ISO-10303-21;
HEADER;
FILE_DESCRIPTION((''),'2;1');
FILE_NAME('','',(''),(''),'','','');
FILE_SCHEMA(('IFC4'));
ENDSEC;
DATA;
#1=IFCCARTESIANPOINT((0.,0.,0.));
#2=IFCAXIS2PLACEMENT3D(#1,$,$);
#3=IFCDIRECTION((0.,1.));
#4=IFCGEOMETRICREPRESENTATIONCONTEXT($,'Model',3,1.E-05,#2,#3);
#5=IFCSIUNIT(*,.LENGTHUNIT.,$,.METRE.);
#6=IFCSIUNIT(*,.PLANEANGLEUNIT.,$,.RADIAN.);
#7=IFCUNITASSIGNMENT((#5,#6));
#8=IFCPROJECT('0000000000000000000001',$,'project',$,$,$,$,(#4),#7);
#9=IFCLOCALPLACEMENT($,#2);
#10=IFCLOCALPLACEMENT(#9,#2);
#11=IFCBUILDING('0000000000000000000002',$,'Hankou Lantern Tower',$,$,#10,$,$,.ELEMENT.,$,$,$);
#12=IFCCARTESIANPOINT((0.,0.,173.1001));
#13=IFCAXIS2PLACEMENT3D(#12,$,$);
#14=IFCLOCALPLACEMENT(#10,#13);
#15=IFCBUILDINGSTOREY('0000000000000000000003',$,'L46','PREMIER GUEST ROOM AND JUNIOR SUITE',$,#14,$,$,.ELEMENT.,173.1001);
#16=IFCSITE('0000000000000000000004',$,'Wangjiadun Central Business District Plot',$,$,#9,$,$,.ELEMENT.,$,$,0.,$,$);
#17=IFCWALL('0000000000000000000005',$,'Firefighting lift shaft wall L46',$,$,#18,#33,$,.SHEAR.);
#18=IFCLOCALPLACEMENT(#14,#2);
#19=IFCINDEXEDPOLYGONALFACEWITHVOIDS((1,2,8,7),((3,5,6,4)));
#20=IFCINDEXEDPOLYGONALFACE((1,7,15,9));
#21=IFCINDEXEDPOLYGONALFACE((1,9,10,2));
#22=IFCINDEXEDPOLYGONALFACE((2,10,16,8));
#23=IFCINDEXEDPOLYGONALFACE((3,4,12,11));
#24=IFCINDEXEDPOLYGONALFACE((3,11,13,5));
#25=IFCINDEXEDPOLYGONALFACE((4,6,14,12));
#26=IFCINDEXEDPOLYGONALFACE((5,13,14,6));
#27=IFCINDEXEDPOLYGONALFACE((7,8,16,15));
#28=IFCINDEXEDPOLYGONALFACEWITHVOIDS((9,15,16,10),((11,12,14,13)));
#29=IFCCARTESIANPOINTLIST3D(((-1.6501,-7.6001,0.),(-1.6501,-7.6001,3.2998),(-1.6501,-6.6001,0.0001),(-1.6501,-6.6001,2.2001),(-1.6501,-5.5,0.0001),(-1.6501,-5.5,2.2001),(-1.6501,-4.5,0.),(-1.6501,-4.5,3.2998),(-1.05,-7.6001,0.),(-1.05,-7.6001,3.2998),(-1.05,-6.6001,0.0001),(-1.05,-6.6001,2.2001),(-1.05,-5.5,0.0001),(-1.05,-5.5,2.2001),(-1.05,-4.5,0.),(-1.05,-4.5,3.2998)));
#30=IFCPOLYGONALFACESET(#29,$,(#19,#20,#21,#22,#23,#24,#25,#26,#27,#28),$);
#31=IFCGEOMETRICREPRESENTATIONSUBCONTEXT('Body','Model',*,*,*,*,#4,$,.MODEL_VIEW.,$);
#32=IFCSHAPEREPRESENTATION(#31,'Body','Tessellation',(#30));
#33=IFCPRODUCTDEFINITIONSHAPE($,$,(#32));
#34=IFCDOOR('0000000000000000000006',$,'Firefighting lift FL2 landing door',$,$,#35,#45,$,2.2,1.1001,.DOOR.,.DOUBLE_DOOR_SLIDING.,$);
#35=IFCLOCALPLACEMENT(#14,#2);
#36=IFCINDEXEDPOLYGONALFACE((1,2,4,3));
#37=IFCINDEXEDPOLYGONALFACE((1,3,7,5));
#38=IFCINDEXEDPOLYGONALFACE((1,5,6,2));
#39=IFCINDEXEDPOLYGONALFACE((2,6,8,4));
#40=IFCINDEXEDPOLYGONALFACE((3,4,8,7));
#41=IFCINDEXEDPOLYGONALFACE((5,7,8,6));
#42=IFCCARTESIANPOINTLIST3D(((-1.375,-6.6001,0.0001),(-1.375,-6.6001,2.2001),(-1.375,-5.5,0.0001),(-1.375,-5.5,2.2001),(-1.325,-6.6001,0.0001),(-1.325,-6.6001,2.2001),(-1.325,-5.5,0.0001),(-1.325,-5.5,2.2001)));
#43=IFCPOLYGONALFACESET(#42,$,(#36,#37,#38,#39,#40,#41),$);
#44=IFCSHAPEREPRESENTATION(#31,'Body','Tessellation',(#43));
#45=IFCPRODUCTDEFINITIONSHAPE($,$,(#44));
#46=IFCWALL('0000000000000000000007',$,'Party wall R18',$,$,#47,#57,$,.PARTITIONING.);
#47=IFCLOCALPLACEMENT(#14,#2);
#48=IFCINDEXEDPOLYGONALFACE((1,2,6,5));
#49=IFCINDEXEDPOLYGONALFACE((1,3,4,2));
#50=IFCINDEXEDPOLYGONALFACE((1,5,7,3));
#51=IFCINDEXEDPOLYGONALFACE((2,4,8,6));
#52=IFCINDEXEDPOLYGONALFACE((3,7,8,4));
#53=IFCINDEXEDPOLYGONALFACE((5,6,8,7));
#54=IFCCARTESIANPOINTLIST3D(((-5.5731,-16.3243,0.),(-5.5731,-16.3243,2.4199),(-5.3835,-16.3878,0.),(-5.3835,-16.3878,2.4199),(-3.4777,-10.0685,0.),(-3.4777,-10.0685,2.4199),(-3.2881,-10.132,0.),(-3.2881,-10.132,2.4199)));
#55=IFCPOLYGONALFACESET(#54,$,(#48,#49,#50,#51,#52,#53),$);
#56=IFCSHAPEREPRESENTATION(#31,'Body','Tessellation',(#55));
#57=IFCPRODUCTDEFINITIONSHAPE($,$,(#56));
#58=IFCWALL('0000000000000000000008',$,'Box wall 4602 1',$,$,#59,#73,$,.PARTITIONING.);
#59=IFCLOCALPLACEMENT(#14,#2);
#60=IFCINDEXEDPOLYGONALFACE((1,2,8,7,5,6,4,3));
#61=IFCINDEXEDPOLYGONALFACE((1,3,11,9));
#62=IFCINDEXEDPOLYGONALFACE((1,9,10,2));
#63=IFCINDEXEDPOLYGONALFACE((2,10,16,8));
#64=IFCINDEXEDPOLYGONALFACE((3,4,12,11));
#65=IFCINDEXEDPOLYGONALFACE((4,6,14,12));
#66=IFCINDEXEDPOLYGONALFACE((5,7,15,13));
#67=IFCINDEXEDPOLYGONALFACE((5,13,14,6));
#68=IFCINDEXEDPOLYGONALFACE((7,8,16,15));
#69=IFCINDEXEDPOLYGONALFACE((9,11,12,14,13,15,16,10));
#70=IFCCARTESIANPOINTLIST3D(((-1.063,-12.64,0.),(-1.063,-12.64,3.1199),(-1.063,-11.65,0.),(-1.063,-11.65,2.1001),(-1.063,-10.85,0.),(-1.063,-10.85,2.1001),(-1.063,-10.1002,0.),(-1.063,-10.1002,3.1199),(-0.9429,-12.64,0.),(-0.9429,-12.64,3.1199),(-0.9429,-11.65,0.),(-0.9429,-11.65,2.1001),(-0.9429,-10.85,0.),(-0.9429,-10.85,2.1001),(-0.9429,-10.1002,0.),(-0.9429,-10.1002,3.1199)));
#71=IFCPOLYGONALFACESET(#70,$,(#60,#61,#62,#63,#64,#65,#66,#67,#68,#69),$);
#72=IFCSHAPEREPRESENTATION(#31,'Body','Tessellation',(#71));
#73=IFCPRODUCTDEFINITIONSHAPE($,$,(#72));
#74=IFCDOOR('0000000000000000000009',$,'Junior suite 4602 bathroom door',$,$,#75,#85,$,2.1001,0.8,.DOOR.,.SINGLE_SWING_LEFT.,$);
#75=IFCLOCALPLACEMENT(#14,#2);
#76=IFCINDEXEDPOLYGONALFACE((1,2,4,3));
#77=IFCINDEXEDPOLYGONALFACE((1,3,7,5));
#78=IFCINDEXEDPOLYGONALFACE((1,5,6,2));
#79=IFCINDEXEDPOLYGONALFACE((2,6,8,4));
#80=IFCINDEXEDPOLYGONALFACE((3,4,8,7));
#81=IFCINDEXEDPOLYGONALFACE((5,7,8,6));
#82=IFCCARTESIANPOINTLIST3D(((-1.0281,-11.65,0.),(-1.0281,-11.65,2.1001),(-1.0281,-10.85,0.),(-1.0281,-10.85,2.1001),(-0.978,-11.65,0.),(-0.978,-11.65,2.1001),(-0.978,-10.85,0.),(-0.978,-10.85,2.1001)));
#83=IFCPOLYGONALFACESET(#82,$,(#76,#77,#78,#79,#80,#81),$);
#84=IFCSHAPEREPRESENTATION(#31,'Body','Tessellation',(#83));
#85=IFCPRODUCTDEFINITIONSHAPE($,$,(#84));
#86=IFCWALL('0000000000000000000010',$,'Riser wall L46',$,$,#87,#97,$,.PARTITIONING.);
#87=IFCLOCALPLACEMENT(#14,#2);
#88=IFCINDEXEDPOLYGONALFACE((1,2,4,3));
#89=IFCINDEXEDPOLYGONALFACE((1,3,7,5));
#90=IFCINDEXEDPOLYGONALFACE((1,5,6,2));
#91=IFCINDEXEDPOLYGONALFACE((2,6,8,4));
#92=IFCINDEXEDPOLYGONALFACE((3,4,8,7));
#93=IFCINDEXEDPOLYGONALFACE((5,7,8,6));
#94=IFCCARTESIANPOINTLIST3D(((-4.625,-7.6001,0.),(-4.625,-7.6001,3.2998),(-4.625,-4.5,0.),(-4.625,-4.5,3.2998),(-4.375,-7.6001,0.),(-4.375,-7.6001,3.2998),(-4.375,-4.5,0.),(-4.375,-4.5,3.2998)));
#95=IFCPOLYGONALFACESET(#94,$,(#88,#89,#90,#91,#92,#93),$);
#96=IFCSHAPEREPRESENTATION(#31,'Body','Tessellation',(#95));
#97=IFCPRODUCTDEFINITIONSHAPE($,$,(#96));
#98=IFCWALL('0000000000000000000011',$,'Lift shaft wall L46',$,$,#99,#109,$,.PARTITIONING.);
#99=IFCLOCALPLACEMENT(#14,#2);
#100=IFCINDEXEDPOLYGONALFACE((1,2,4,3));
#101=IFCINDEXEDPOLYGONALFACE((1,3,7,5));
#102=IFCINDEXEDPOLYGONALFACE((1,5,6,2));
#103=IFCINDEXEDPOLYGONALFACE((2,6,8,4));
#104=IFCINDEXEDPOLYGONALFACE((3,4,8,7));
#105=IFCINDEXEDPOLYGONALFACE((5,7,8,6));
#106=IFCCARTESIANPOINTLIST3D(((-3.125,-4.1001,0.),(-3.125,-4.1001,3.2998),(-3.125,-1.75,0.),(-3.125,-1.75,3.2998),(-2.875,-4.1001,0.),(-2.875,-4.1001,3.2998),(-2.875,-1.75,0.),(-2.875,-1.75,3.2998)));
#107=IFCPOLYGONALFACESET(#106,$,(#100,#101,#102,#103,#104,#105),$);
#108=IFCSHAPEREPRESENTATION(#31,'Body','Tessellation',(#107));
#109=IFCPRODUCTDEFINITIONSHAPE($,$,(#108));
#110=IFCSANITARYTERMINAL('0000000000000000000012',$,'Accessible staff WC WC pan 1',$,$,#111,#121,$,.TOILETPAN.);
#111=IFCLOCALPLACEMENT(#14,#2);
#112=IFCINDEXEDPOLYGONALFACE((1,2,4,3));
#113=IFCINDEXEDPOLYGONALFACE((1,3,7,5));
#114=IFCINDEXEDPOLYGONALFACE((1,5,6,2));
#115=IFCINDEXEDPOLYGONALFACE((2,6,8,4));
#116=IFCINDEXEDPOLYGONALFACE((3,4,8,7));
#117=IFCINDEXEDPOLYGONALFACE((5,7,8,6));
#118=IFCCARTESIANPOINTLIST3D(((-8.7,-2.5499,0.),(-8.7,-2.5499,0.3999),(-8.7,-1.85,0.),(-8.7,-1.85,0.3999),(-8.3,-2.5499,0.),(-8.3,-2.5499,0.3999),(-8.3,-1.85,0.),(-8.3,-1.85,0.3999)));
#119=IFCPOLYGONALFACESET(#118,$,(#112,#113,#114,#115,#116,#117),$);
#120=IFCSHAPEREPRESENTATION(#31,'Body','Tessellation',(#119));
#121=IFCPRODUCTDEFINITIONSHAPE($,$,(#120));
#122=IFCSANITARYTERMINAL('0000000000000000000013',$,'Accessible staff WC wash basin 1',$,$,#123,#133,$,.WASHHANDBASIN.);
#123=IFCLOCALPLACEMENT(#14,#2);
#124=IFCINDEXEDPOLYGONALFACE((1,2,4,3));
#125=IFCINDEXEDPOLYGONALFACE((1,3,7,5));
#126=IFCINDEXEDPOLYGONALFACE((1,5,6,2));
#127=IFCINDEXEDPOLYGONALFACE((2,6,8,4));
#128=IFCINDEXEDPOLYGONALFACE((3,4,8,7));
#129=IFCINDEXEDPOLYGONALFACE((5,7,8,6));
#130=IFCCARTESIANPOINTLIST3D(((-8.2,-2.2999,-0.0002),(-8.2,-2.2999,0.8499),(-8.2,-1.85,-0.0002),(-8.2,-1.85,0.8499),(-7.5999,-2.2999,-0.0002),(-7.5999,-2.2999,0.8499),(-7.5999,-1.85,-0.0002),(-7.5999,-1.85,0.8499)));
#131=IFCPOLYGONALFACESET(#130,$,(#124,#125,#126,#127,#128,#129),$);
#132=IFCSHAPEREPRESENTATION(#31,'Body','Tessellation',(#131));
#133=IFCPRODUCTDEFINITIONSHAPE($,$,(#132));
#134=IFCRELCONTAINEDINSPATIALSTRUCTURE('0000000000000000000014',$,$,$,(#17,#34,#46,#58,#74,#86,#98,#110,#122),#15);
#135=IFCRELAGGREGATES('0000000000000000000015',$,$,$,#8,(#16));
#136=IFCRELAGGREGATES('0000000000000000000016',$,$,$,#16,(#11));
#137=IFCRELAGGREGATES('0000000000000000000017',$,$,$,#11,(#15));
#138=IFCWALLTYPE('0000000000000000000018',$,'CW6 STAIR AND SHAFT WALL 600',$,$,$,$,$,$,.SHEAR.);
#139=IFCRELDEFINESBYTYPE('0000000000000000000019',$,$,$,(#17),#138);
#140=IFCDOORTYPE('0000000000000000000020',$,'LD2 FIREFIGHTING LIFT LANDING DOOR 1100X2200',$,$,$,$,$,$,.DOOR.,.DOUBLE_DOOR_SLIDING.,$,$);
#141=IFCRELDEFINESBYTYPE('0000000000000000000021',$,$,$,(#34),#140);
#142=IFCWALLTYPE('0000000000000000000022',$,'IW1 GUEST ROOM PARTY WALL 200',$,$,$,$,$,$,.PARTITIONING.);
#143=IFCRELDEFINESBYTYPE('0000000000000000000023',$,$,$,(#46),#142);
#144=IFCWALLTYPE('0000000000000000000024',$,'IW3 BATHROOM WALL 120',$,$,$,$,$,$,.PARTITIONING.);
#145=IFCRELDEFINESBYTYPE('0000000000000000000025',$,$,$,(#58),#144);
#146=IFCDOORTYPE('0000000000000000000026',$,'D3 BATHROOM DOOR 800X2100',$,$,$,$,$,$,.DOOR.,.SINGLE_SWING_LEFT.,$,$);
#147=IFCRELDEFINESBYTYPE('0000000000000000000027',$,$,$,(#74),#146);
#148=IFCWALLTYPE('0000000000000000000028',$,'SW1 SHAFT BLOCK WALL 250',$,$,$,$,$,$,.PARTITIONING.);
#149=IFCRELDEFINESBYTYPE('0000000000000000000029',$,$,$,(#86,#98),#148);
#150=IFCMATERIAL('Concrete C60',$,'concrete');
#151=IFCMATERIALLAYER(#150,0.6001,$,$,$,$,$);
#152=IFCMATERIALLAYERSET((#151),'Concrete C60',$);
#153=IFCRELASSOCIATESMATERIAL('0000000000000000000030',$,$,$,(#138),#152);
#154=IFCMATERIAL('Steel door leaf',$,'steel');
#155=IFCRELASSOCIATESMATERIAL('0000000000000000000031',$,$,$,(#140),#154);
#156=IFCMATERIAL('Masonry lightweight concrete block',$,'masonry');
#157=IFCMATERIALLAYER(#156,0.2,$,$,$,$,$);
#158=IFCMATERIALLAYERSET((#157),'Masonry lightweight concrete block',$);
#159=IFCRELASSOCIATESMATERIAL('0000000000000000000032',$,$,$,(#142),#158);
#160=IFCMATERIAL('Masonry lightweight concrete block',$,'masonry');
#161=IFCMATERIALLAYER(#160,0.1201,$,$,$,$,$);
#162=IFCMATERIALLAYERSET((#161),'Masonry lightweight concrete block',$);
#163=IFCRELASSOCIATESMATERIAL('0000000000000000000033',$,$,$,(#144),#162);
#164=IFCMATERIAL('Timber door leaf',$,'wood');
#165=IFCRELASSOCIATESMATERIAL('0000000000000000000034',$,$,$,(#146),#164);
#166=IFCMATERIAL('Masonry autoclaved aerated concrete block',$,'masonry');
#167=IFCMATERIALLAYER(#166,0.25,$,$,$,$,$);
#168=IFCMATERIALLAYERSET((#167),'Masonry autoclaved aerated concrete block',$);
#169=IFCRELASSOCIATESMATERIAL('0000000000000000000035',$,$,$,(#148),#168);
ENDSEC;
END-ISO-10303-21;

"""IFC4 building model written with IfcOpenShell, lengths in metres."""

from ifc_helpers import new_model, si_unit, direction, frame, frame_2d, origin, origin_2d, place, context, subcontext, project, spatial, rectangle, extrude, material, layer, layer_set, type_object, element, fill, save


model = new_model("IFC4")

# Units and contexts
model_context = context("Model", 3, precision=1e-05, world=origin(), true_north=direction((0.0, 1.0)))
body_context = subcontext(model_context, "Body", "Model", "MODEL_VIEW")
ifc_project = project(units=[si_unit("LENGTHUNIT", "METRE"), si_unit("PLANEANGLEUNIT", "RADIAN")], contexts=[model_context])

# Site, building, storey
site_placement = place(None, origin())
site = spatial("IfcSite", under=ifc_project, at=site_placement, Name="Wangjiadun Central Business District Plot", CompositionType="ELEMENT", RefElevation=0.0)
building_placement = place(site_placement, origin())
building = spatial("IfcBuilding", under=site, at=building_placement, Name="Hankou Lantern Tower", CompositionType="ELEMENT")
storey_placement = place(building_placement, frame((0.0, 0.0, 173.1001)))
storey = spatial("IfcBuildingStorey", under=building, at=storey_placement, Name="L46", Description="PREMIER GUEST ROOM AND JUNIOR SUITE", CompositionType="ELEMENT", Elevation=173.1001)

# Wall, opening, door
ifc_material_1 = material(Name="Concrete C60", Category="concrete")
ifc_layer_1 = layer(ifc_material_1, 0.6001)
ifc_layer_set_1 = layer_set([ifc_layer_1], Name="Concrete C60")
wall_type_1 = type_object("IfcWallType", Name="CW6 STAIR AND SHAFT WALL 600", PredefinedType="SHEAR", material=ifc_layer_set_1)
wall_1_placement = place(storey_placement, frame((-1.3501, -7.6001, 0.0), z_axis=(0.0, 0.0, 1.0), x_axis=(0.0, 1.0, 0.0)))
wall_1 = element("IfcWall", 1, at=wall_1_placement, inside=storey, type_object=wall_type_1, Name="Firefighting lift shaft wall L46", PredefinedType="SHEAR", context=body_context, shape_type="SweptSolid", body=[
    extrude(rectangle(XDim=3.1001, YDim=0.6001, at=frame_2d((1.55, 0.0))), origin(), (0.0, 0.0, 1.0), 3.2998),
])
opening_1_placement = place(wall_1_placement, frame((1.0, 0.0, 0.0)))
opening_1 = element("IfcOpeningElement", 2, at=opening_1_placement, cuts=wall_1, PredefinedType="OPENING", context=body_context, shape_type="SweptSolid", body=[
    extrude(rectangle(XDim=1.1001, YDim=2.2, at=frame_2d((0.55, 1.1001))), frame((0.0, 0.3101, 0.0), z_axis=(0.0, -1.0, 0.0), x_axis=(1.0, 0.0, 0.0)), (0.0, 0.0, 1.0), 0.6201),
])
ifc_material_2 = material(Name="Steel door leaf", Category="steel")
door_type_1 = type_object("IfcDoorType", Name="LD2 FIREFIGHTING LIFT LANDING DOOR 1100X2200", OperationType="DOUBLE_DOOR_SLIDING", PredefinedType="DOOR", material=ifc_material_2)
door_1_placement = place(opening_1_placement, origin())
door_1 = element("IfcDoor", 3, at=door_1_placement, inside=storey, type_object=door_type_1, Name="Firefighting lift FL2 landing door", OperationType="DOUBLE_DOOR_SLIDING", OverallHeight=2.2, OverallWidth=1.1001, PredefinedType="DOOR", context=body_context, shape_type="SweptSolid", body=[
    extrude(rectangle(XDim=1.1001, YDim=2.2, at=frame_2d((0.55, 1.1001))), frame((0.0, 0.0249, 0.0), z_axis=(0.0, -1.0, 0.0), x_axis=(1.0, 0.0, 0.0)), (0.0, 0.0, 1.0), 0.05),
])
fill(opening_1, door_1)

# Wall
ifc_material_3 = material(Name="Masonry lightweight concrete block", Category="masonry")
ifc_layer_2 = layer(ifc_material_3, 0.2)
ifc_layer_set_2 = layer_set([ifc_layer_2], Name="Masonry lightweight concrete block")
wall_type_2 = type_object("IfcWallType", Name="IW1 GUEST ROOM PARTY WALL 200", PredefinedType="PARTITIONING", material=ifc_layer_set_2)
wall_2_placement = place(storey_placement, frame((-3.3828, -10.1001, 0.0), z_axis=(0.0, 0.0, 1.0), x_axis=(-0.317615, -0.94822, 0.0)))
element("IfcWall", 4, at=wall_2_placement, inside=storey, type_object=wall_type_2, Name="Party wall R18", PredefinedType="PARTITIONING", context=body_context, shape_type="SweptSolid", body=[
    extrude(rectangle(XDim=6.5974, YDim=0.2, at=frame_2d((3.2988, 0.0))), origin(), (0.0, 0.0, 1.0), 2.4199),
])

# Wall, opening, door
ifc_material_4 = material(Name="Masonry lightweight concrete block", Category="masonry")
ifc_layer_3 = layer(ifc_material_4, 0.1201)
ifc_layer_set_3 = layer_set([ifc_layer_3], Name="Masonry lightweight concrete block")
wall_type_3 = type_object("IfcWallType", Name="IW3 BATHROOM WALL 120", PredefinedType="PARTITIONING", material=ifc_layer_set_3)
wall_3_placement = place(storey_placement, frame((-1.0029, -10.1001, 0.0), z_axis=(0.0, 0.0, 1.0), x_axis=(0.0, -1.0, 0.0)))
wall_3 = element("IfcWall", 5, at=wall_3_placement, inside=storey, type_object=wall_type_3, Name="Box wall 4602 1", PredefinedType="PARTITIONING", context=body_context, shape_type="SweptSolid", body=[
    extrude(rectangle(XDim=2.5398, YDim=0.1201, at=frame_2d((1.27, 0.0))), origin(), (0.0, 0.0, 1.0), 3.1199),
])
opening_2_placement = place(wall_3_placement, frame((0.75, 0.0, 0.0)))
opening_2 = element("IfcOpeningElement", 6, at=opening_2_placement, cuts=wall_3, PredefinedType="OPENING", context=body_context, shape_type="SweptSolid", body=[
    extrude(rectangle(XDim=0.8, YDim=2.1001, at=frame_2d((0.3999, 1.05))), frame((0.0, 0.0701, 0.0), z_axis=(0.0, -1.0, 0.0), x_axis=(1.0, 0.0, 0.0)), (0.0, 0.0, 1.0), 0.1401),
])
ifc_material_5 = material(Name="Timber door leaf", Category="wood")
door_type_2 = type_object("IfcDoorType", Name="D3 BATHROOM DOOR 800X2100", OperationType="SINGLE_SWING_LEFT", PredefinedType="DOOR", material=ifc_material_5)
door_2_placement = place(opening_2_placement, origin())
door_2 = element("IfcDoor", 7, at=door_2_placement, inside=storey, type_object=door_type_2, Name="Junior suite 4602 bathroom door", OperationType="SINGLE_SWING_LEFT", OverallHeight=2.1001, OverallWidth=0.8, PredefinedType="DOOR", context=body_context, shape_type="SweptSolid", body=[
    extrude(rectangle(XDim=0.8, YDim=2.1001, at=frame_2d((0.3999, 1.05))), frame((0.0, 0.0249, 0.0), z_axis=(0.0, -1.0, 0.0), x_axis=(1.0, 0.0, 0.0)), (0.0, 0.0, 1.0), 0.05),
])
fill(opening_2, door_2)

# Walls
ifc_material_6 = material(Name="Masonry autoclaved aerated concrete block", Category="masonry")
ifc_layer_4 = layer(ifc_material_6, 0.25)
ifc_layer_set_4 = layer_set([ifc_layer_4], Name="Masonry autoclaved aerated concrete block")
wall_type_4 = type_object("IfcWallType", Name="SW1 SHAFT BLOCK WALL 250", PredefinedType="PARTITIONING", material=ifc_layer_set_4)
wall_4_placement = place(storey_placement, frame((-4.5, -7.6001, 0.0), z_axis=(0.0, 0.0, 1.0), x_axis=(0.0, 1.0, 0.0)))
element("IfcWall", 8, at=wall_4_placement, inside=storey, type_object=wall_type_4, Name="Riser wall L46", PredefinedType="PARTITIONING", context=body_context, shape_type="SweptSolid", body=[
    extrude(rectangle(XDim=3.1001, YDim=0.25, at=frame_2d((1.55, 0.0))), origin(), (0.0, 0.0, 1.0), 3.2998),
])
wall_5_placement = place(storey_placement, frame((-3.0, -4.1001, 0.0), z_axis=(0.0, 0.0, 1.0), x_axis=(0.0, 1.0, 0.0)))
element("IfcWall", 9, at=wall_5_placement, inside=storey, type_object=wall_type_4, Name="Lift shaft wall L46", PredefinedType="PARTITIONING", context=body_context, shape_type="SweptSolid", body=[
    extrude(rectangle(XDim=2.3501, YDim=0.25, at=frame_2d((1.175, 0.0))), origin(), (0.0, 0.0, 1.0), 3.2998),
])

# Sanitary terminals
sanitary_terminal_1_placement = place(storey_placement, frame((-8.5, -2.2, 0.0), z_axis=(0.0, 0.0, 1.0), x_axis=(1.0, 0.0, 0.0)))
element("IfcSanitaryTerminal", 10, at=sanitary_terminal_1_placement, inside=storey, Name="Accessible staff WC WC pan 1", PredefinedType="TOILETPAN", context=body_context, shape_type="SweptSolid", body=[
    extrude(rectangle(XDim=0.3999, YDim=0.7, at=origin_2d()), origin(), (0.0, 0.0, 1.0), 0.3999),
])
sanitary_terminal_2_placement = place(storey_placement, frame((-7.8999, -2.075, -0.0002), z_axis=(0.0, 0.0, 1.0), x_axis=(1.0, 0.0, 0.0)))
element("IfcSanitaryTerminal", 11, at=sanitary_terminal_2_placement, inside=storey, Name="Accessible staff WC wash basin 1", PredefinedType="WASHHANDBASIN", context=body_context, shape_type="SweptSolid", body=[
    extrude(rectangle(XDim=0.6001, YDim=0.45, at=origin_2d()), origin(), (0.0, 0.0, 1.0), 0.8501),
])

save(model, "model.ifc")
